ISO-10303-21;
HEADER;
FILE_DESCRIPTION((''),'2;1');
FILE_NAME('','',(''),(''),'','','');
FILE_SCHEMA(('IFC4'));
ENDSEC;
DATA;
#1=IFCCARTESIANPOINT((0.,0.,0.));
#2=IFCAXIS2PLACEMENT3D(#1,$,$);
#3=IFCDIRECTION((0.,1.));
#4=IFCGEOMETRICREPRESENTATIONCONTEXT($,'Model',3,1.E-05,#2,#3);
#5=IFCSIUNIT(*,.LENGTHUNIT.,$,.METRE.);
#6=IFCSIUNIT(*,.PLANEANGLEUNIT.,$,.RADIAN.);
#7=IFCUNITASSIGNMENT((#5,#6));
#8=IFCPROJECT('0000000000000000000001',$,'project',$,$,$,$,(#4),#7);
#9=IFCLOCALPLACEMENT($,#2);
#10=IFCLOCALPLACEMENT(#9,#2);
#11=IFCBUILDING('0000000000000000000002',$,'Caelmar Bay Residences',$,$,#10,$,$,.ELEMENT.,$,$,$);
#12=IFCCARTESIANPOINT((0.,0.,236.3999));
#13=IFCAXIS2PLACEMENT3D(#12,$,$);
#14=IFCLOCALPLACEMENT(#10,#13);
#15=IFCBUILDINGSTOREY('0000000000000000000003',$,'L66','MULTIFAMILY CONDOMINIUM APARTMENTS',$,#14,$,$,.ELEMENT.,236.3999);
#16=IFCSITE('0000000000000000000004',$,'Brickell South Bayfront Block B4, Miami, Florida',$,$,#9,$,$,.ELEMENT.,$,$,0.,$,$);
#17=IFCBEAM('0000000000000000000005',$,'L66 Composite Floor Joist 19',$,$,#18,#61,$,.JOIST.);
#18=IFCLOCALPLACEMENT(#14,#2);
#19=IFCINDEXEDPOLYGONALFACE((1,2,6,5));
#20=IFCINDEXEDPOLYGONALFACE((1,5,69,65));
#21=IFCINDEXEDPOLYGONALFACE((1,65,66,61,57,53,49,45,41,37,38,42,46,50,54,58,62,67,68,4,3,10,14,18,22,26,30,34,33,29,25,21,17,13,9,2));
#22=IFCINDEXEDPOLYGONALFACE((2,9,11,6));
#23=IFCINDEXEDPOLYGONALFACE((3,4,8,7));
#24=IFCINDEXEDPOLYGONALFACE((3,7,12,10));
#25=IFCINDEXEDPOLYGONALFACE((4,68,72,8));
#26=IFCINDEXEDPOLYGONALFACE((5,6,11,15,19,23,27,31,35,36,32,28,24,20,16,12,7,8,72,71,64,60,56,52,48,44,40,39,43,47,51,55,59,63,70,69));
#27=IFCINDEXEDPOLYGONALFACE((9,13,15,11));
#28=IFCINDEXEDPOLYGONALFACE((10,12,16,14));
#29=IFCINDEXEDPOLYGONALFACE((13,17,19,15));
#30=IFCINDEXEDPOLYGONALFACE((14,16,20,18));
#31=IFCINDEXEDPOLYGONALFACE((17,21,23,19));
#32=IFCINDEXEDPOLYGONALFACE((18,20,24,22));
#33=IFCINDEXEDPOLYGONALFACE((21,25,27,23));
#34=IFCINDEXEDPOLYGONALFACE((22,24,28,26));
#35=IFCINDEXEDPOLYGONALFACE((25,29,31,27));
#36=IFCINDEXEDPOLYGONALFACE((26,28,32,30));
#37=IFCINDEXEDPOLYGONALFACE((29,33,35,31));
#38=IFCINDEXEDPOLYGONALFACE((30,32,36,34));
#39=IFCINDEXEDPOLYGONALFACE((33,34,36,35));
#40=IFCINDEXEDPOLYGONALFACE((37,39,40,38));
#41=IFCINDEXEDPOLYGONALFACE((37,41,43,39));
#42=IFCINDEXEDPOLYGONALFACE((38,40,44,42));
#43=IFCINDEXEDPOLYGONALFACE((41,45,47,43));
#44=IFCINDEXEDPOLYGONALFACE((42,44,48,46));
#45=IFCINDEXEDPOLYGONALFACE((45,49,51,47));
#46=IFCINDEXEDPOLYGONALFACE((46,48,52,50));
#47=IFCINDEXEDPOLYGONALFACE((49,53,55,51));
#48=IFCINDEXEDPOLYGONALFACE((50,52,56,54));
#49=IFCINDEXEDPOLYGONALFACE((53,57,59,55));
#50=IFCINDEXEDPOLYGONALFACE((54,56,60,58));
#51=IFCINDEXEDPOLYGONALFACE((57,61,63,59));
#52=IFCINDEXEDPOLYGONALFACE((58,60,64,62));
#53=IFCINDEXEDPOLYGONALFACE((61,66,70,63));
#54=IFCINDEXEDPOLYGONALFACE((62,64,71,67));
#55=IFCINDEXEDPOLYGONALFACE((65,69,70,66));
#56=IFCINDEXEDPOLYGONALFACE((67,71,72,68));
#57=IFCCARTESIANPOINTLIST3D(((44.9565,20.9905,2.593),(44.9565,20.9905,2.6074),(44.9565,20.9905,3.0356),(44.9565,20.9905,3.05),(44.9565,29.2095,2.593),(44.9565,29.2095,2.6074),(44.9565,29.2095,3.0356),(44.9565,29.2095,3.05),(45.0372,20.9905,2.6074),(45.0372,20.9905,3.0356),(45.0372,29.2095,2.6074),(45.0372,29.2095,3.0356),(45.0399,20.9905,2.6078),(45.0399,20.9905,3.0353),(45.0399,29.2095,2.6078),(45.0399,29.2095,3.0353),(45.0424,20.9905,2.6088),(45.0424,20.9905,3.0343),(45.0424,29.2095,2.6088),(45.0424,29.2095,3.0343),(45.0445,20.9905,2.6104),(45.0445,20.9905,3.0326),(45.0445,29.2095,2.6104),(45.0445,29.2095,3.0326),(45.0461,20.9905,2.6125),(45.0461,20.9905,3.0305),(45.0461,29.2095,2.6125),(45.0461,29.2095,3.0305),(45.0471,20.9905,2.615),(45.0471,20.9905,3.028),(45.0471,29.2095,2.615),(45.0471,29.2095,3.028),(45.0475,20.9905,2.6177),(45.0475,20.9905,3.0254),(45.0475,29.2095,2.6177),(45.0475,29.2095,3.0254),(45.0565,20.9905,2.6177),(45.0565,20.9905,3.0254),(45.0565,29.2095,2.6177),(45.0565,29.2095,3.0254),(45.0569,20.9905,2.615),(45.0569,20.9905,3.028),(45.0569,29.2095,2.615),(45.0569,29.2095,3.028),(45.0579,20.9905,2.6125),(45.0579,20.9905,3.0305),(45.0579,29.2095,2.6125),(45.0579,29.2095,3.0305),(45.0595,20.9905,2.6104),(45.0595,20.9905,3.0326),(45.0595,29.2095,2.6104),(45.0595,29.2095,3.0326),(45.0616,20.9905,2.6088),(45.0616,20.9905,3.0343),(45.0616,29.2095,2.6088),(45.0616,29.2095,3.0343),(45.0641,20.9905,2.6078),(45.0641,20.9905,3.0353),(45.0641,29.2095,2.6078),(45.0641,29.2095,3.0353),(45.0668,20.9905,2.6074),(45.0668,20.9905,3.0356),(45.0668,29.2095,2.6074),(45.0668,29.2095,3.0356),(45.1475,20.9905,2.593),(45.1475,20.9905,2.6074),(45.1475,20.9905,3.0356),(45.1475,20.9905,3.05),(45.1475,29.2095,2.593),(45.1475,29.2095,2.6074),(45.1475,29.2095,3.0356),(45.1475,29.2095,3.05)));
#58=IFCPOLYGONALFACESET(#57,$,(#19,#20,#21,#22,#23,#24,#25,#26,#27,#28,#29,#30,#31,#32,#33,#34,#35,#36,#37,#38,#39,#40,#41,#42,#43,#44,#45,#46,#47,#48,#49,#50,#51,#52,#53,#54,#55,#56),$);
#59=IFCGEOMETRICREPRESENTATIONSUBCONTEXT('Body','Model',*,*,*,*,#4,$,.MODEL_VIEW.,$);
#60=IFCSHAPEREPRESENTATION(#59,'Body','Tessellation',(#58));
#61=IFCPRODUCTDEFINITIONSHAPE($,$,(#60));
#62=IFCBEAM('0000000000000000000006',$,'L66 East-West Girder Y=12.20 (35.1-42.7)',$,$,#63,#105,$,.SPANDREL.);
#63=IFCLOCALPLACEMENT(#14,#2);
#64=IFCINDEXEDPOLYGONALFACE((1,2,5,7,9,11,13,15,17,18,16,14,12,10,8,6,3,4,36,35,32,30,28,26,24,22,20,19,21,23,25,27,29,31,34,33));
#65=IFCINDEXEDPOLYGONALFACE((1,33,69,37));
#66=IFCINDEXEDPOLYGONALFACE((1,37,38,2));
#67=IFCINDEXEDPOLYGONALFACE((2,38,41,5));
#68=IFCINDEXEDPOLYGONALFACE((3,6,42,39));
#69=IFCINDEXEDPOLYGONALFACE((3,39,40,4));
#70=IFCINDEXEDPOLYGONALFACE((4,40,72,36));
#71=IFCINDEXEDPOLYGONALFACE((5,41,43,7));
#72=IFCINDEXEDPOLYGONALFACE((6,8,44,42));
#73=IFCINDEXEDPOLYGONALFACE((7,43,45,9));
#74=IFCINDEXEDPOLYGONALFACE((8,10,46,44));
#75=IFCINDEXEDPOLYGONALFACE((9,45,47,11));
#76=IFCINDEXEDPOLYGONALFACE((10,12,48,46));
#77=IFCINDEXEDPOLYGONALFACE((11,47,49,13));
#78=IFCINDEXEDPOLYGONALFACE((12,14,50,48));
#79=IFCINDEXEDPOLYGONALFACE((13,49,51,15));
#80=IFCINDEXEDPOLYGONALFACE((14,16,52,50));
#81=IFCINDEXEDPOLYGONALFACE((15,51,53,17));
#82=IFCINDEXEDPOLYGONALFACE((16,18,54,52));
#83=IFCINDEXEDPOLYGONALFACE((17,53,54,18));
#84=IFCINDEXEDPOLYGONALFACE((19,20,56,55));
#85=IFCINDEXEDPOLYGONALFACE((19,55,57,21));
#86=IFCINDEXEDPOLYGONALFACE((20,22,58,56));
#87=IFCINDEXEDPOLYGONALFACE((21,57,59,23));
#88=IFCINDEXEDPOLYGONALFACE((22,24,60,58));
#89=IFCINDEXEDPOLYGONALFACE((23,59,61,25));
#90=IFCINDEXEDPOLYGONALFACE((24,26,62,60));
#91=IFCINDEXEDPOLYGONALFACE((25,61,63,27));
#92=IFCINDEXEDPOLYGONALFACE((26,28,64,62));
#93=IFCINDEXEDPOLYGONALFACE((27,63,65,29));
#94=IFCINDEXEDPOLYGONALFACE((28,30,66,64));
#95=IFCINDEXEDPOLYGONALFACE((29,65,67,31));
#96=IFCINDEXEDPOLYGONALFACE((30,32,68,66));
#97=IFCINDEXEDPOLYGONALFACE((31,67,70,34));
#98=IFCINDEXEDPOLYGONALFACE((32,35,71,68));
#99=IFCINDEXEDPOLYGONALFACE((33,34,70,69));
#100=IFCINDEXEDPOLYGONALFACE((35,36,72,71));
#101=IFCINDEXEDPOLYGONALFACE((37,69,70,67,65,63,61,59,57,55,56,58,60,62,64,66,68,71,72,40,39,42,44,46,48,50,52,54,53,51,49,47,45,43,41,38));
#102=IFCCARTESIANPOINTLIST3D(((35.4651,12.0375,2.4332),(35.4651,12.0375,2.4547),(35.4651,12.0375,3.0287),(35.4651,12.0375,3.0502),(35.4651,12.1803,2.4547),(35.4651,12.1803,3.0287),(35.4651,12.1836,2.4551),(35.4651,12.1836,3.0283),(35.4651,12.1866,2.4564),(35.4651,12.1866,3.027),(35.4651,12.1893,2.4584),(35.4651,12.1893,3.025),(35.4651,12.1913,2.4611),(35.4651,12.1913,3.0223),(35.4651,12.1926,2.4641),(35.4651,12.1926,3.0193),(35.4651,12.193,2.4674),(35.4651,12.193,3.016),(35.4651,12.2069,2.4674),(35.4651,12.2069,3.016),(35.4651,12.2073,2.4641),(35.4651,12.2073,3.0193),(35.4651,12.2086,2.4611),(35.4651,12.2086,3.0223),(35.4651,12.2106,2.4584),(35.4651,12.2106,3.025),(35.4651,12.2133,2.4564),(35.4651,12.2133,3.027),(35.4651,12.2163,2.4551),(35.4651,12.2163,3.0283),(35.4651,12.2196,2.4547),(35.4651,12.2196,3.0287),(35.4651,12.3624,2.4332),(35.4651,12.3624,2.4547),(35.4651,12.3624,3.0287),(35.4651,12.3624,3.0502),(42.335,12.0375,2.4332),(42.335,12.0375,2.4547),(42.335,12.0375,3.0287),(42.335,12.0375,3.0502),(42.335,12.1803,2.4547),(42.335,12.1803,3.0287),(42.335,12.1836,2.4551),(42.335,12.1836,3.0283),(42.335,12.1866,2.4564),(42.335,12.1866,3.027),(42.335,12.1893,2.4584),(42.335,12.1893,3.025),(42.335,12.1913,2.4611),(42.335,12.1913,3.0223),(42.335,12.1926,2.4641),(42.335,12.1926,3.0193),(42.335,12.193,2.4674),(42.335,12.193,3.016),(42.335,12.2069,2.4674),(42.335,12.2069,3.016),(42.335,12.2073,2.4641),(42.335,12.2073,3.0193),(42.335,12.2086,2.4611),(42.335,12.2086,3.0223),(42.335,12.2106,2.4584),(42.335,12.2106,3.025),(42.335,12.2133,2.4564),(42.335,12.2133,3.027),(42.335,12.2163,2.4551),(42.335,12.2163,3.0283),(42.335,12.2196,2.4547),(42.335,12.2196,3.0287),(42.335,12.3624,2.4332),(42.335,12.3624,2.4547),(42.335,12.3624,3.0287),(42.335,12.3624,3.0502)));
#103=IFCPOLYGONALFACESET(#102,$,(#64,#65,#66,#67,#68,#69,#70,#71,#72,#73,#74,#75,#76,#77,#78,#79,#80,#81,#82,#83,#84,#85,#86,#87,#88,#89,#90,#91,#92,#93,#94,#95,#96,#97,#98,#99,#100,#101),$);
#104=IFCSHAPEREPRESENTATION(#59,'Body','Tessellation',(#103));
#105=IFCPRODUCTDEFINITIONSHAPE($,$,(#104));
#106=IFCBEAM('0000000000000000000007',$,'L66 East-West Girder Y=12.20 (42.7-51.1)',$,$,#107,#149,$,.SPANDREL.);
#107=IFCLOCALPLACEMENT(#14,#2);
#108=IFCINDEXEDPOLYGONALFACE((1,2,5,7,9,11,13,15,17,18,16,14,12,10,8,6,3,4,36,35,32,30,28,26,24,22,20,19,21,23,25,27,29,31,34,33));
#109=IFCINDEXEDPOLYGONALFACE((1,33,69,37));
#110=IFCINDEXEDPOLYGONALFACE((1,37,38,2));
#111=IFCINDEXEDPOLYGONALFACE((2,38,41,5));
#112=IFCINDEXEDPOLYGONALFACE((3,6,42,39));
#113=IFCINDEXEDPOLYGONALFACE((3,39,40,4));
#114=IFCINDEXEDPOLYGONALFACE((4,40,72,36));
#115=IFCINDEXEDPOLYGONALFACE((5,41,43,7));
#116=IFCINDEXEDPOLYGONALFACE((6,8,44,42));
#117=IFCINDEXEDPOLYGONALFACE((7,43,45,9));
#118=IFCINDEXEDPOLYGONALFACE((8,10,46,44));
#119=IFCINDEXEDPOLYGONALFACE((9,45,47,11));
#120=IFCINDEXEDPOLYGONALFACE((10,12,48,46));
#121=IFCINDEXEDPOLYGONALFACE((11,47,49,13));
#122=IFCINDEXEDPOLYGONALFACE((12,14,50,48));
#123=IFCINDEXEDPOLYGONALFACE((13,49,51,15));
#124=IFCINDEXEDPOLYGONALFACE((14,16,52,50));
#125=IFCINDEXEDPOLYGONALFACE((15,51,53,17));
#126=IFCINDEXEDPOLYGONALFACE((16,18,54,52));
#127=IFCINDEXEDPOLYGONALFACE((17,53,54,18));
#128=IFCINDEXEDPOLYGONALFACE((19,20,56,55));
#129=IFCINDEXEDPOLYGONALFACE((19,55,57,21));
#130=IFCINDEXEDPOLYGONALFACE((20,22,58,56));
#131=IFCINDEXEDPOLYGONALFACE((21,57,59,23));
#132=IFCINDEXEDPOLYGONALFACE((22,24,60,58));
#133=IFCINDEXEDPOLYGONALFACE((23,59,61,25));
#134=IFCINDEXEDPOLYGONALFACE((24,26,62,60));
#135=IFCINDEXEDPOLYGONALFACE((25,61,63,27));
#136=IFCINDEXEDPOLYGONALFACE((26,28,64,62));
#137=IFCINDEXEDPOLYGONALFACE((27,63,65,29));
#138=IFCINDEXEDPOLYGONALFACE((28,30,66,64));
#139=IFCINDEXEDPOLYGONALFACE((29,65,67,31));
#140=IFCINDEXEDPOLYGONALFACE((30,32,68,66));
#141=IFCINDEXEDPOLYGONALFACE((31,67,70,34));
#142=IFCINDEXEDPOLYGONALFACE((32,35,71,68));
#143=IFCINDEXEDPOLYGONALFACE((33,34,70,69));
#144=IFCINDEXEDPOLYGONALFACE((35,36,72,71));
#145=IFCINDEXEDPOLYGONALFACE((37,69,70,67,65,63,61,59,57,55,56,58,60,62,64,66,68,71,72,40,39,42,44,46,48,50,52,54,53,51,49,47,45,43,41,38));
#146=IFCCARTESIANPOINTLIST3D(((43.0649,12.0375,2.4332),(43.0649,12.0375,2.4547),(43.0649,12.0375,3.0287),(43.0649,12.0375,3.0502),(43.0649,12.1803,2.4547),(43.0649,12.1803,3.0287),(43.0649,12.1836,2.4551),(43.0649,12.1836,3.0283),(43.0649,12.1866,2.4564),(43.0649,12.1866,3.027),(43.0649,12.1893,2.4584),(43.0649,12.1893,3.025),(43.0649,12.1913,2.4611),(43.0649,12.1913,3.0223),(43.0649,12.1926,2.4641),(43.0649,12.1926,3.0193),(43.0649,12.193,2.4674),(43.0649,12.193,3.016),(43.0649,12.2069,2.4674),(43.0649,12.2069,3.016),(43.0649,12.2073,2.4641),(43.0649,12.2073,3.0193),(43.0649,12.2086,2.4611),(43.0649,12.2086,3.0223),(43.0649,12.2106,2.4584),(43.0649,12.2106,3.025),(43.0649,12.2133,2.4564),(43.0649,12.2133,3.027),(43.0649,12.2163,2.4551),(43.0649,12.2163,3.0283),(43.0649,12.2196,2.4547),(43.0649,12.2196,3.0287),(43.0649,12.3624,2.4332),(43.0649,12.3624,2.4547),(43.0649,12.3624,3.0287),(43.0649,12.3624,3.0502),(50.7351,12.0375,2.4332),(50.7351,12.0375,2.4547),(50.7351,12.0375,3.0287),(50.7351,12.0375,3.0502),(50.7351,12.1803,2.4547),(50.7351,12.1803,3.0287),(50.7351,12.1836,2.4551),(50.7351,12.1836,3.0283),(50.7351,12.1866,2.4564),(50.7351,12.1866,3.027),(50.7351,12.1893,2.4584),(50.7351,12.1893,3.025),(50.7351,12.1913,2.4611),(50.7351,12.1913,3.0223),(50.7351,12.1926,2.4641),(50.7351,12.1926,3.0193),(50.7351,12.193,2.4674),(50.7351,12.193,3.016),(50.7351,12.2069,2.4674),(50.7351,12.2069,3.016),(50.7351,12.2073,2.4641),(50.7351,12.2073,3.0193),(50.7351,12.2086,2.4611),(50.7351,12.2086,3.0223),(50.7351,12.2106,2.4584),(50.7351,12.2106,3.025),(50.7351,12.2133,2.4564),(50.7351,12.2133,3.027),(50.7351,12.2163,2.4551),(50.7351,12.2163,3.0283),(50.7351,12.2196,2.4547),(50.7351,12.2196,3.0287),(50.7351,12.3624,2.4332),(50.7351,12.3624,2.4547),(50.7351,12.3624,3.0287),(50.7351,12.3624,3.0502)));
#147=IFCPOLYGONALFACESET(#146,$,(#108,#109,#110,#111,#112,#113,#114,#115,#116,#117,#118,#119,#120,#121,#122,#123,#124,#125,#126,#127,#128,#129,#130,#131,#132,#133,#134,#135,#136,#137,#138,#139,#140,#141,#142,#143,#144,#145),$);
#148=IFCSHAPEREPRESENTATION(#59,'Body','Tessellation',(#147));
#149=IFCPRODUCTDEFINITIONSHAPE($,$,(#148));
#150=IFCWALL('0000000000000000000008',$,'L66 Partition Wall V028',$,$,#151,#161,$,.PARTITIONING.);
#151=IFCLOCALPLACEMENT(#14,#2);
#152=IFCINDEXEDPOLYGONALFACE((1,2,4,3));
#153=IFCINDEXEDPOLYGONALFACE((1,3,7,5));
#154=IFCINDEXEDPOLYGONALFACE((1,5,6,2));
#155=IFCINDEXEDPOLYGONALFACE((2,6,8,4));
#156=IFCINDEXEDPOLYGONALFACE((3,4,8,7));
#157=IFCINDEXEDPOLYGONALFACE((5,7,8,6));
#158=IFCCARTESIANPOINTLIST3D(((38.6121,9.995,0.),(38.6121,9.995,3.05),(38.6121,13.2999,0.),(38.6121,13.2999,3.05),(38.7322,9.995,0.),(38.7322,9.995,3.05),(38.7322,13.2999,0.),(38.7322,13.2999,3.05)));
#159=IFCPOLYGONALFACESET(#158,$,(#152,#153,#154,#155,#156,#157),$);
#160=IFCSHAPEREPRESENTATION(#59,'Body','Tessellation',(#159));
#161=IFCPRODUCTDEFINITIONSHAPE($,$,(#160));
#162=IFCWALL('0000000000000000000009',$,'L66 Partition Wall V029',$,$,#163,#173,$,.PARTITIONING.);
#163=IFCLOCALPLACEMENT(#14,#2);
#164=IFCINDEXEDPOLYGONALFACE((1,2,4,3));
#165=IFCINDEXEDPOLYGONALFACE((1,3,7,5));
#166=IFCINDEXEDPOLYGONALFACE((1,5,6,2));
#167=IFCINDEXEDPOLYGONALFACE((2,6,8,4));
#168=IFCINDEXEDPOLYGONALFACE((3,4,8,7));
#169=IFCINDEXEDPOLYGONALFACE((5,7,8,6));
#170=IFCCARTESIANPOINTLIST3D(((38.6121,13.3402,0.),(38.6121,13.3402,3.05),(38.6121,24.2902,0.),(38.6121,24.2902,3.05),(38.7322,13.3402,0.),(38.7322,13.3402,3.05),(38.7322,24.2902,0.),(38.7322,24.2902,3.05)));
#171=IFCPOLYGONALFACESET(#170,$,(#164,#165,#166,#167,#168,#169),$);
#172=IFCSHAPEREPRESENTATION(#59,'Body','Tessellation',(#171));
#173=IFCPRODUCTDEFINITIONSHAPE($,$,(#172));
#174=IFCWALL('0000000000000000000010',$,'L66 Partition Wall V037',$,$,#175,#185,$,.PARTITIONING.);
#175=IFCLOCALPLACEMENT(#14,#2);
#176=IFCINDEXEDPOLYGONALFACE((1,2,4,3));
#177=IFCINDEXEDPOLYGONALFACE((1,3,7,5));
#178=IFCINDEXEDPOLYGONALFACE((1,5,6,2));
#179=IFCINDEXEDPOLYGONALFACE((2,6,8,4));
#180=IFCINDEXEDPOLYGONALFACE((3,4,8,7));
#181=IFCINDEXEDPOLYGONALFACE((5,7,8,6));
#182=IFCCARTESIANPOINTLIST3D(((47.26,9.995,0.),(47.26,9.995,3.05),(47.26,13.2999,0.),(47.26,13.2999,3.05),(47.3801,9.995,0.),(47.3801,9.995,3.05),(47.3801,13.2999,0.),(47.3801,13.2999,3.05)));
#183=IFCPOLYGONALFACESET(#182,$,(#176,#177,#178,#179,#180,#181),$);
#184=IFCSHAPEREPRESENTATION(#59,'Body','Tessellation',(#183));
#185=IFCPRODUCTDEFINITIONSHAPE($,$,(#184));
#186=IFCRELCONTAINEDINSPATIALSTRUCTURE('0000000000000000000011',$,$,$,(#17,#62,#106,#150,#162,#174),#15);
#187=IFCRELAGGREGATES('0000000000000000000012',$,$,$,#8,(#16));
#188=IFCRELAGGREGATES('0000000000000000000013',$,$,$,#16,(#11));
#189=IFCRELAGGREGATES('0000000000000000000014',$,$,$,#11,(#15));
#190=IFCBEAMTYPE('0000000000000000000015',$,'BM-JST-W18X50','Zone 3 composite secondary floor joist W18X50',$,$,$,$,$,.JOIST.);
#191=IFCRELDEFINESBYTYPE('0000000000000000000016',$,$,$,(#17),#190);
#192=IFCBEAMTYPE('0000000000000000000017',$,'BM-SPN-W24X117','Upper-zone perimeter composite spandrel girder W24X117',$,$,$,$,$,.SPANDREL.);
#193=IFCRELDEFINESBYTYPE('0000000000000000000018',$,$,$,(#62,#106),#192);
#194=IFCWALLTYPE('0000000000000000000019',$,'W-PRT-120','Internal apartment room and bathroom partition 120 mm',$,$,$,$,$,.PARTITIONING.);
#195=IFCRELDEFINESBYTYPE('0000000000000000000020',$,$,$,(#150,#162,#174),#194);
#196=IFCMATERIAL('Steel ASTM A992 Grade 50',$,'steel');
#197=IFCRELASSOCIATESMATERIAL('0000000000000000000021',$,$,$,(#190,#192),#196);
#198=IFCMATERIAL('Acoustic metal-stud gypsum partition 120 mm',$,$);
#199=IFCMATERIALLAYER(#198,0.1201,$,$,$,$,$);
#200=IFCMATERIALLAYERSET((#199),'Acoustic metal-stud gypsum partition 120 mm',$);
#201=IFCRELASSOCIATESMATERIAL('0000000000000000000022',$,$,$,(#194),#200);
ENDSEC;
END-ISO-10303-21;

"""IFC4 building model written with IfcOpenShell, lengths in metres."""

from ifc_helpers import new_model, si_unit, direction, frame, frame_2d, origin, origin_2d, place, context, subcontext, project, spatial, rectangle, i_section, extrude, material, layer, layer_set, material_profile, profile_set, type_object, element, save


model = new_model("IFC4")

# Units and contexts
model_context = context("Model", 3, precision=1e-05, world=origin(), true_north=direction((0.0, 1.0)))
body_context = subcontext(model_context, "Body", "Model", "MODEL_VIEW")
ifc_project = project(units=[si_unit("LENGTHUNIT", "METRE"), si_unit("PLANEANGLEUNIT", "RADIAN")], contexts=[model_context])

# Site, building, storey
site_placement = place(None, origin())
site = spatial("IfcSite", under=ifc_project, at=site_placement, Name="Brickell South Bayfront Block B4, Miami, Florida", CompositionType="ELEMENT", RefElevation=0.0)
building_placement = place(site_placement, origin())
building = spatial("IfcBuilding", under=site, at=building_placement, Name="Caelmar Bay Residences", CompositionType="ELEMENT")
storey_placement = place(building_placement, frame((0.0, 0.0, 236.3999)))
storey = spatial("IfcBuildingStorey", under=building, at=storey_placement, Name="L66", Description="MULTIFAMILY CONDOMINIUM APARTMENTS", CompositionType="ELEMENT", Elevation=236.3999)

# Beams
ifc_material_1 = material(Name="Steel ASTM A992 Grade 50", Category="steel")
ifc_material_profile_1 = material_profile(ifc_material_1, i_section(OverallWidth=0.1909, OverallDepth=0.457, WebThickness=0.009, FlangeThickness=0.0144, FilletRadius=0.0103, at=origin_2d()), Name="W18X50")
ifc_profile_set_1 = profile_set([ifc_material_profile_1], Name="Steel ASTM A992 Grade 50")
beam_type_1 = type_object("IfcBeamType", Name="BM-JST-W18X50", Description="Zone 3 composite secondary floor joist W18X50", PredefinedType="JOIST", material=ifc_profile_set_1)
for number, where, z_axis, x_axis, name in (
    (1, (45.052, 20.9905, 2.8215), (0.0, 1.0, 0.0), (-1.0, 0.0, 0.0), "L66 Composite Floor Joist 19"),
):
    element("IfcBeam", number, at=place(storey_placement, frame(where, z_axis=z_axis, x_axis=x_axis)), inside=storey, type_object=beam_type_1, Name=name, PredefinedType="JOIST", context=body_context, shape_type="SweptSolid", body=[
        extrude(i_section(OverallWidth=0.1909, OverallDepth=0.457, WebThickness=0.009, FlangeThickness=0.0144, FilletRadius=0.0103, at=origin_2d()), origin(), (0.0, 0.0, 1.0), 8.219),
    ])
ifc_material_profile_2 = material_profile(ifc_material_1, i_section(OverallWidth=0.325, OverallDepth=0.6169, WebThickness=0.0139, FlangeThickness=0.0215, FilletRadius=0.0127, at=origin_2d()), Name="W24X117")
ifc_profile_set_2 = profile_set([ifc_material_profile_2], Name="Steel ASTM A992 Grade 50")
beam_type_2 = type_object("IfcBeamType", Name="BM-SPN-W24X117", Description="Upper-zone perimeter composite spandrel girder W24X117", PredefinedType="SPANDREL", material=ifc_profile_set_2)
beam_1_placement = place(storey_placement, frame((35.4651, 12.2, 2.7417), z_axis=(1.0, 0.0, 0.0), x_axis=(0.0, 1.0, 0.0)))
element("IfcBeam", 2, at=beam_1_placement, inside=storey, type_object=beam_type_2, Name="L66 East-West Girder Y=12.20 (35.1-42.7)", PredefinedType="SPANDREL", context=body_context, shape_type="SweptSolid", body=[
    extrude(i_section(OverallWidth=0.325, OverallDepth=0.6169, WebThickness=0.0139, FlangeThickness=0.0215, FilletRadius=0.0127, at=origin_2d()), origin(), (0.0, 0.0, 1.0), 6.8699),
])
beam_2_placement = place(storey_placement, frame((43.0649, 12.2, 2.7417), z_axis=(1.0, 0.0, 0.0), x_axis=(0.0, 1.0, 0.0)))
element("IfcBeam", 3, at=beam_2_placement, inside=storey, type_object=beam_type_2, Name="L66 East-West Girder Y=12.20 (42.7-51.1)", PredefinedType="SPANDREL", context=body_context, shape_type="SweptSolid", body=[
    extrude(i_section(OverallWidth=0.325, OverallDepth=0.6169, WebThickness=0.0139, FlangeThickness=0.0215, FilletRadius=0.0127, at=origin_2d()), origin(), (0.0, 0.0, 1.0), 7.6702),
])

# Walls
ifc_material_2 = material(Name="Acoustic metal-stud gypsum partition 120 mm")
ifc_layer_1 = layer(ifc_material_2, 0.1201)
ifc_layer_set_1 = layer_set([ifc_layer_1], Name="Acoustic metal-stud gypsum partition 120 mm")
wall_type_1 = type_object("IfcWallType", Name="W-PRT-120", Description="Internal apartment room and bathroom partition 120 mm", PredefinedType="PARTITIONING", material=ifc_layer_set_1)
wall_1_placement = place(storey_placement, frame((38.6721, 9.9951, 0.0), z_axis=(0.0, 0.0, 1.0), x_axis=(0.0, 1.0, 0.0)))
element("IfcWall", 4, at=wall_1_placement, inside=storey, type_object=wall_type_1, Name="L66 Partition Wall V028", PredefinedType="PARTITIONING", context=body_context, shape_type="SweptSolid", body=[
    extrude(rectangle(XDim=3.3049, YDim=0.1201, at=frame_2d((1.6523, 0.0))), origin(), (0.0, 0.0, 1.0), 3.05),
])
wall_2_placement = place(storey_placement, frame((38.6721, 13.3401, 0.0), z_axis=(0.0, 0.0, 1.0), x_axis=(0.0, 1.0, 0.0)))
element("IfcWall", 5, at=wall_2_placement, inside=storey, type_object=wall_type_1, Name="L66 Partition Wall V029", PredefinedType="PARTITIONING", context=body_context, shape_type="SweptSolid", body=[
    extrude(rectangle(XDim=10.95, YDim=0.1201, at=frame_2d((5.4751, 0.0))), origin(), (0.0, 0.0, 1.0), 3.05),
])
wall_3_placement = place(storey_placement, frame((47.3201, 9.9951, 0.0), z_axis=(0.0, 0.0, 1.0), x_axis=(0.0, 1.0, 0.0)))
element("IfcWall", 6, at=wall_3_placement, inside=storey, type_object=wall_type_1, Name="L66 Partition Wall V037", PredefinedType="PARTITIONING", context=body_context, shape_type="SweptSolid", body=[
    extrude(rectangle(XDim=3.3049, YDim=0.1201, at=frame_2d((1.6523, 0.0))), origin(), (0.0, 0.0, 1.0), 3.05),
])

save(model, "model.ifc")
